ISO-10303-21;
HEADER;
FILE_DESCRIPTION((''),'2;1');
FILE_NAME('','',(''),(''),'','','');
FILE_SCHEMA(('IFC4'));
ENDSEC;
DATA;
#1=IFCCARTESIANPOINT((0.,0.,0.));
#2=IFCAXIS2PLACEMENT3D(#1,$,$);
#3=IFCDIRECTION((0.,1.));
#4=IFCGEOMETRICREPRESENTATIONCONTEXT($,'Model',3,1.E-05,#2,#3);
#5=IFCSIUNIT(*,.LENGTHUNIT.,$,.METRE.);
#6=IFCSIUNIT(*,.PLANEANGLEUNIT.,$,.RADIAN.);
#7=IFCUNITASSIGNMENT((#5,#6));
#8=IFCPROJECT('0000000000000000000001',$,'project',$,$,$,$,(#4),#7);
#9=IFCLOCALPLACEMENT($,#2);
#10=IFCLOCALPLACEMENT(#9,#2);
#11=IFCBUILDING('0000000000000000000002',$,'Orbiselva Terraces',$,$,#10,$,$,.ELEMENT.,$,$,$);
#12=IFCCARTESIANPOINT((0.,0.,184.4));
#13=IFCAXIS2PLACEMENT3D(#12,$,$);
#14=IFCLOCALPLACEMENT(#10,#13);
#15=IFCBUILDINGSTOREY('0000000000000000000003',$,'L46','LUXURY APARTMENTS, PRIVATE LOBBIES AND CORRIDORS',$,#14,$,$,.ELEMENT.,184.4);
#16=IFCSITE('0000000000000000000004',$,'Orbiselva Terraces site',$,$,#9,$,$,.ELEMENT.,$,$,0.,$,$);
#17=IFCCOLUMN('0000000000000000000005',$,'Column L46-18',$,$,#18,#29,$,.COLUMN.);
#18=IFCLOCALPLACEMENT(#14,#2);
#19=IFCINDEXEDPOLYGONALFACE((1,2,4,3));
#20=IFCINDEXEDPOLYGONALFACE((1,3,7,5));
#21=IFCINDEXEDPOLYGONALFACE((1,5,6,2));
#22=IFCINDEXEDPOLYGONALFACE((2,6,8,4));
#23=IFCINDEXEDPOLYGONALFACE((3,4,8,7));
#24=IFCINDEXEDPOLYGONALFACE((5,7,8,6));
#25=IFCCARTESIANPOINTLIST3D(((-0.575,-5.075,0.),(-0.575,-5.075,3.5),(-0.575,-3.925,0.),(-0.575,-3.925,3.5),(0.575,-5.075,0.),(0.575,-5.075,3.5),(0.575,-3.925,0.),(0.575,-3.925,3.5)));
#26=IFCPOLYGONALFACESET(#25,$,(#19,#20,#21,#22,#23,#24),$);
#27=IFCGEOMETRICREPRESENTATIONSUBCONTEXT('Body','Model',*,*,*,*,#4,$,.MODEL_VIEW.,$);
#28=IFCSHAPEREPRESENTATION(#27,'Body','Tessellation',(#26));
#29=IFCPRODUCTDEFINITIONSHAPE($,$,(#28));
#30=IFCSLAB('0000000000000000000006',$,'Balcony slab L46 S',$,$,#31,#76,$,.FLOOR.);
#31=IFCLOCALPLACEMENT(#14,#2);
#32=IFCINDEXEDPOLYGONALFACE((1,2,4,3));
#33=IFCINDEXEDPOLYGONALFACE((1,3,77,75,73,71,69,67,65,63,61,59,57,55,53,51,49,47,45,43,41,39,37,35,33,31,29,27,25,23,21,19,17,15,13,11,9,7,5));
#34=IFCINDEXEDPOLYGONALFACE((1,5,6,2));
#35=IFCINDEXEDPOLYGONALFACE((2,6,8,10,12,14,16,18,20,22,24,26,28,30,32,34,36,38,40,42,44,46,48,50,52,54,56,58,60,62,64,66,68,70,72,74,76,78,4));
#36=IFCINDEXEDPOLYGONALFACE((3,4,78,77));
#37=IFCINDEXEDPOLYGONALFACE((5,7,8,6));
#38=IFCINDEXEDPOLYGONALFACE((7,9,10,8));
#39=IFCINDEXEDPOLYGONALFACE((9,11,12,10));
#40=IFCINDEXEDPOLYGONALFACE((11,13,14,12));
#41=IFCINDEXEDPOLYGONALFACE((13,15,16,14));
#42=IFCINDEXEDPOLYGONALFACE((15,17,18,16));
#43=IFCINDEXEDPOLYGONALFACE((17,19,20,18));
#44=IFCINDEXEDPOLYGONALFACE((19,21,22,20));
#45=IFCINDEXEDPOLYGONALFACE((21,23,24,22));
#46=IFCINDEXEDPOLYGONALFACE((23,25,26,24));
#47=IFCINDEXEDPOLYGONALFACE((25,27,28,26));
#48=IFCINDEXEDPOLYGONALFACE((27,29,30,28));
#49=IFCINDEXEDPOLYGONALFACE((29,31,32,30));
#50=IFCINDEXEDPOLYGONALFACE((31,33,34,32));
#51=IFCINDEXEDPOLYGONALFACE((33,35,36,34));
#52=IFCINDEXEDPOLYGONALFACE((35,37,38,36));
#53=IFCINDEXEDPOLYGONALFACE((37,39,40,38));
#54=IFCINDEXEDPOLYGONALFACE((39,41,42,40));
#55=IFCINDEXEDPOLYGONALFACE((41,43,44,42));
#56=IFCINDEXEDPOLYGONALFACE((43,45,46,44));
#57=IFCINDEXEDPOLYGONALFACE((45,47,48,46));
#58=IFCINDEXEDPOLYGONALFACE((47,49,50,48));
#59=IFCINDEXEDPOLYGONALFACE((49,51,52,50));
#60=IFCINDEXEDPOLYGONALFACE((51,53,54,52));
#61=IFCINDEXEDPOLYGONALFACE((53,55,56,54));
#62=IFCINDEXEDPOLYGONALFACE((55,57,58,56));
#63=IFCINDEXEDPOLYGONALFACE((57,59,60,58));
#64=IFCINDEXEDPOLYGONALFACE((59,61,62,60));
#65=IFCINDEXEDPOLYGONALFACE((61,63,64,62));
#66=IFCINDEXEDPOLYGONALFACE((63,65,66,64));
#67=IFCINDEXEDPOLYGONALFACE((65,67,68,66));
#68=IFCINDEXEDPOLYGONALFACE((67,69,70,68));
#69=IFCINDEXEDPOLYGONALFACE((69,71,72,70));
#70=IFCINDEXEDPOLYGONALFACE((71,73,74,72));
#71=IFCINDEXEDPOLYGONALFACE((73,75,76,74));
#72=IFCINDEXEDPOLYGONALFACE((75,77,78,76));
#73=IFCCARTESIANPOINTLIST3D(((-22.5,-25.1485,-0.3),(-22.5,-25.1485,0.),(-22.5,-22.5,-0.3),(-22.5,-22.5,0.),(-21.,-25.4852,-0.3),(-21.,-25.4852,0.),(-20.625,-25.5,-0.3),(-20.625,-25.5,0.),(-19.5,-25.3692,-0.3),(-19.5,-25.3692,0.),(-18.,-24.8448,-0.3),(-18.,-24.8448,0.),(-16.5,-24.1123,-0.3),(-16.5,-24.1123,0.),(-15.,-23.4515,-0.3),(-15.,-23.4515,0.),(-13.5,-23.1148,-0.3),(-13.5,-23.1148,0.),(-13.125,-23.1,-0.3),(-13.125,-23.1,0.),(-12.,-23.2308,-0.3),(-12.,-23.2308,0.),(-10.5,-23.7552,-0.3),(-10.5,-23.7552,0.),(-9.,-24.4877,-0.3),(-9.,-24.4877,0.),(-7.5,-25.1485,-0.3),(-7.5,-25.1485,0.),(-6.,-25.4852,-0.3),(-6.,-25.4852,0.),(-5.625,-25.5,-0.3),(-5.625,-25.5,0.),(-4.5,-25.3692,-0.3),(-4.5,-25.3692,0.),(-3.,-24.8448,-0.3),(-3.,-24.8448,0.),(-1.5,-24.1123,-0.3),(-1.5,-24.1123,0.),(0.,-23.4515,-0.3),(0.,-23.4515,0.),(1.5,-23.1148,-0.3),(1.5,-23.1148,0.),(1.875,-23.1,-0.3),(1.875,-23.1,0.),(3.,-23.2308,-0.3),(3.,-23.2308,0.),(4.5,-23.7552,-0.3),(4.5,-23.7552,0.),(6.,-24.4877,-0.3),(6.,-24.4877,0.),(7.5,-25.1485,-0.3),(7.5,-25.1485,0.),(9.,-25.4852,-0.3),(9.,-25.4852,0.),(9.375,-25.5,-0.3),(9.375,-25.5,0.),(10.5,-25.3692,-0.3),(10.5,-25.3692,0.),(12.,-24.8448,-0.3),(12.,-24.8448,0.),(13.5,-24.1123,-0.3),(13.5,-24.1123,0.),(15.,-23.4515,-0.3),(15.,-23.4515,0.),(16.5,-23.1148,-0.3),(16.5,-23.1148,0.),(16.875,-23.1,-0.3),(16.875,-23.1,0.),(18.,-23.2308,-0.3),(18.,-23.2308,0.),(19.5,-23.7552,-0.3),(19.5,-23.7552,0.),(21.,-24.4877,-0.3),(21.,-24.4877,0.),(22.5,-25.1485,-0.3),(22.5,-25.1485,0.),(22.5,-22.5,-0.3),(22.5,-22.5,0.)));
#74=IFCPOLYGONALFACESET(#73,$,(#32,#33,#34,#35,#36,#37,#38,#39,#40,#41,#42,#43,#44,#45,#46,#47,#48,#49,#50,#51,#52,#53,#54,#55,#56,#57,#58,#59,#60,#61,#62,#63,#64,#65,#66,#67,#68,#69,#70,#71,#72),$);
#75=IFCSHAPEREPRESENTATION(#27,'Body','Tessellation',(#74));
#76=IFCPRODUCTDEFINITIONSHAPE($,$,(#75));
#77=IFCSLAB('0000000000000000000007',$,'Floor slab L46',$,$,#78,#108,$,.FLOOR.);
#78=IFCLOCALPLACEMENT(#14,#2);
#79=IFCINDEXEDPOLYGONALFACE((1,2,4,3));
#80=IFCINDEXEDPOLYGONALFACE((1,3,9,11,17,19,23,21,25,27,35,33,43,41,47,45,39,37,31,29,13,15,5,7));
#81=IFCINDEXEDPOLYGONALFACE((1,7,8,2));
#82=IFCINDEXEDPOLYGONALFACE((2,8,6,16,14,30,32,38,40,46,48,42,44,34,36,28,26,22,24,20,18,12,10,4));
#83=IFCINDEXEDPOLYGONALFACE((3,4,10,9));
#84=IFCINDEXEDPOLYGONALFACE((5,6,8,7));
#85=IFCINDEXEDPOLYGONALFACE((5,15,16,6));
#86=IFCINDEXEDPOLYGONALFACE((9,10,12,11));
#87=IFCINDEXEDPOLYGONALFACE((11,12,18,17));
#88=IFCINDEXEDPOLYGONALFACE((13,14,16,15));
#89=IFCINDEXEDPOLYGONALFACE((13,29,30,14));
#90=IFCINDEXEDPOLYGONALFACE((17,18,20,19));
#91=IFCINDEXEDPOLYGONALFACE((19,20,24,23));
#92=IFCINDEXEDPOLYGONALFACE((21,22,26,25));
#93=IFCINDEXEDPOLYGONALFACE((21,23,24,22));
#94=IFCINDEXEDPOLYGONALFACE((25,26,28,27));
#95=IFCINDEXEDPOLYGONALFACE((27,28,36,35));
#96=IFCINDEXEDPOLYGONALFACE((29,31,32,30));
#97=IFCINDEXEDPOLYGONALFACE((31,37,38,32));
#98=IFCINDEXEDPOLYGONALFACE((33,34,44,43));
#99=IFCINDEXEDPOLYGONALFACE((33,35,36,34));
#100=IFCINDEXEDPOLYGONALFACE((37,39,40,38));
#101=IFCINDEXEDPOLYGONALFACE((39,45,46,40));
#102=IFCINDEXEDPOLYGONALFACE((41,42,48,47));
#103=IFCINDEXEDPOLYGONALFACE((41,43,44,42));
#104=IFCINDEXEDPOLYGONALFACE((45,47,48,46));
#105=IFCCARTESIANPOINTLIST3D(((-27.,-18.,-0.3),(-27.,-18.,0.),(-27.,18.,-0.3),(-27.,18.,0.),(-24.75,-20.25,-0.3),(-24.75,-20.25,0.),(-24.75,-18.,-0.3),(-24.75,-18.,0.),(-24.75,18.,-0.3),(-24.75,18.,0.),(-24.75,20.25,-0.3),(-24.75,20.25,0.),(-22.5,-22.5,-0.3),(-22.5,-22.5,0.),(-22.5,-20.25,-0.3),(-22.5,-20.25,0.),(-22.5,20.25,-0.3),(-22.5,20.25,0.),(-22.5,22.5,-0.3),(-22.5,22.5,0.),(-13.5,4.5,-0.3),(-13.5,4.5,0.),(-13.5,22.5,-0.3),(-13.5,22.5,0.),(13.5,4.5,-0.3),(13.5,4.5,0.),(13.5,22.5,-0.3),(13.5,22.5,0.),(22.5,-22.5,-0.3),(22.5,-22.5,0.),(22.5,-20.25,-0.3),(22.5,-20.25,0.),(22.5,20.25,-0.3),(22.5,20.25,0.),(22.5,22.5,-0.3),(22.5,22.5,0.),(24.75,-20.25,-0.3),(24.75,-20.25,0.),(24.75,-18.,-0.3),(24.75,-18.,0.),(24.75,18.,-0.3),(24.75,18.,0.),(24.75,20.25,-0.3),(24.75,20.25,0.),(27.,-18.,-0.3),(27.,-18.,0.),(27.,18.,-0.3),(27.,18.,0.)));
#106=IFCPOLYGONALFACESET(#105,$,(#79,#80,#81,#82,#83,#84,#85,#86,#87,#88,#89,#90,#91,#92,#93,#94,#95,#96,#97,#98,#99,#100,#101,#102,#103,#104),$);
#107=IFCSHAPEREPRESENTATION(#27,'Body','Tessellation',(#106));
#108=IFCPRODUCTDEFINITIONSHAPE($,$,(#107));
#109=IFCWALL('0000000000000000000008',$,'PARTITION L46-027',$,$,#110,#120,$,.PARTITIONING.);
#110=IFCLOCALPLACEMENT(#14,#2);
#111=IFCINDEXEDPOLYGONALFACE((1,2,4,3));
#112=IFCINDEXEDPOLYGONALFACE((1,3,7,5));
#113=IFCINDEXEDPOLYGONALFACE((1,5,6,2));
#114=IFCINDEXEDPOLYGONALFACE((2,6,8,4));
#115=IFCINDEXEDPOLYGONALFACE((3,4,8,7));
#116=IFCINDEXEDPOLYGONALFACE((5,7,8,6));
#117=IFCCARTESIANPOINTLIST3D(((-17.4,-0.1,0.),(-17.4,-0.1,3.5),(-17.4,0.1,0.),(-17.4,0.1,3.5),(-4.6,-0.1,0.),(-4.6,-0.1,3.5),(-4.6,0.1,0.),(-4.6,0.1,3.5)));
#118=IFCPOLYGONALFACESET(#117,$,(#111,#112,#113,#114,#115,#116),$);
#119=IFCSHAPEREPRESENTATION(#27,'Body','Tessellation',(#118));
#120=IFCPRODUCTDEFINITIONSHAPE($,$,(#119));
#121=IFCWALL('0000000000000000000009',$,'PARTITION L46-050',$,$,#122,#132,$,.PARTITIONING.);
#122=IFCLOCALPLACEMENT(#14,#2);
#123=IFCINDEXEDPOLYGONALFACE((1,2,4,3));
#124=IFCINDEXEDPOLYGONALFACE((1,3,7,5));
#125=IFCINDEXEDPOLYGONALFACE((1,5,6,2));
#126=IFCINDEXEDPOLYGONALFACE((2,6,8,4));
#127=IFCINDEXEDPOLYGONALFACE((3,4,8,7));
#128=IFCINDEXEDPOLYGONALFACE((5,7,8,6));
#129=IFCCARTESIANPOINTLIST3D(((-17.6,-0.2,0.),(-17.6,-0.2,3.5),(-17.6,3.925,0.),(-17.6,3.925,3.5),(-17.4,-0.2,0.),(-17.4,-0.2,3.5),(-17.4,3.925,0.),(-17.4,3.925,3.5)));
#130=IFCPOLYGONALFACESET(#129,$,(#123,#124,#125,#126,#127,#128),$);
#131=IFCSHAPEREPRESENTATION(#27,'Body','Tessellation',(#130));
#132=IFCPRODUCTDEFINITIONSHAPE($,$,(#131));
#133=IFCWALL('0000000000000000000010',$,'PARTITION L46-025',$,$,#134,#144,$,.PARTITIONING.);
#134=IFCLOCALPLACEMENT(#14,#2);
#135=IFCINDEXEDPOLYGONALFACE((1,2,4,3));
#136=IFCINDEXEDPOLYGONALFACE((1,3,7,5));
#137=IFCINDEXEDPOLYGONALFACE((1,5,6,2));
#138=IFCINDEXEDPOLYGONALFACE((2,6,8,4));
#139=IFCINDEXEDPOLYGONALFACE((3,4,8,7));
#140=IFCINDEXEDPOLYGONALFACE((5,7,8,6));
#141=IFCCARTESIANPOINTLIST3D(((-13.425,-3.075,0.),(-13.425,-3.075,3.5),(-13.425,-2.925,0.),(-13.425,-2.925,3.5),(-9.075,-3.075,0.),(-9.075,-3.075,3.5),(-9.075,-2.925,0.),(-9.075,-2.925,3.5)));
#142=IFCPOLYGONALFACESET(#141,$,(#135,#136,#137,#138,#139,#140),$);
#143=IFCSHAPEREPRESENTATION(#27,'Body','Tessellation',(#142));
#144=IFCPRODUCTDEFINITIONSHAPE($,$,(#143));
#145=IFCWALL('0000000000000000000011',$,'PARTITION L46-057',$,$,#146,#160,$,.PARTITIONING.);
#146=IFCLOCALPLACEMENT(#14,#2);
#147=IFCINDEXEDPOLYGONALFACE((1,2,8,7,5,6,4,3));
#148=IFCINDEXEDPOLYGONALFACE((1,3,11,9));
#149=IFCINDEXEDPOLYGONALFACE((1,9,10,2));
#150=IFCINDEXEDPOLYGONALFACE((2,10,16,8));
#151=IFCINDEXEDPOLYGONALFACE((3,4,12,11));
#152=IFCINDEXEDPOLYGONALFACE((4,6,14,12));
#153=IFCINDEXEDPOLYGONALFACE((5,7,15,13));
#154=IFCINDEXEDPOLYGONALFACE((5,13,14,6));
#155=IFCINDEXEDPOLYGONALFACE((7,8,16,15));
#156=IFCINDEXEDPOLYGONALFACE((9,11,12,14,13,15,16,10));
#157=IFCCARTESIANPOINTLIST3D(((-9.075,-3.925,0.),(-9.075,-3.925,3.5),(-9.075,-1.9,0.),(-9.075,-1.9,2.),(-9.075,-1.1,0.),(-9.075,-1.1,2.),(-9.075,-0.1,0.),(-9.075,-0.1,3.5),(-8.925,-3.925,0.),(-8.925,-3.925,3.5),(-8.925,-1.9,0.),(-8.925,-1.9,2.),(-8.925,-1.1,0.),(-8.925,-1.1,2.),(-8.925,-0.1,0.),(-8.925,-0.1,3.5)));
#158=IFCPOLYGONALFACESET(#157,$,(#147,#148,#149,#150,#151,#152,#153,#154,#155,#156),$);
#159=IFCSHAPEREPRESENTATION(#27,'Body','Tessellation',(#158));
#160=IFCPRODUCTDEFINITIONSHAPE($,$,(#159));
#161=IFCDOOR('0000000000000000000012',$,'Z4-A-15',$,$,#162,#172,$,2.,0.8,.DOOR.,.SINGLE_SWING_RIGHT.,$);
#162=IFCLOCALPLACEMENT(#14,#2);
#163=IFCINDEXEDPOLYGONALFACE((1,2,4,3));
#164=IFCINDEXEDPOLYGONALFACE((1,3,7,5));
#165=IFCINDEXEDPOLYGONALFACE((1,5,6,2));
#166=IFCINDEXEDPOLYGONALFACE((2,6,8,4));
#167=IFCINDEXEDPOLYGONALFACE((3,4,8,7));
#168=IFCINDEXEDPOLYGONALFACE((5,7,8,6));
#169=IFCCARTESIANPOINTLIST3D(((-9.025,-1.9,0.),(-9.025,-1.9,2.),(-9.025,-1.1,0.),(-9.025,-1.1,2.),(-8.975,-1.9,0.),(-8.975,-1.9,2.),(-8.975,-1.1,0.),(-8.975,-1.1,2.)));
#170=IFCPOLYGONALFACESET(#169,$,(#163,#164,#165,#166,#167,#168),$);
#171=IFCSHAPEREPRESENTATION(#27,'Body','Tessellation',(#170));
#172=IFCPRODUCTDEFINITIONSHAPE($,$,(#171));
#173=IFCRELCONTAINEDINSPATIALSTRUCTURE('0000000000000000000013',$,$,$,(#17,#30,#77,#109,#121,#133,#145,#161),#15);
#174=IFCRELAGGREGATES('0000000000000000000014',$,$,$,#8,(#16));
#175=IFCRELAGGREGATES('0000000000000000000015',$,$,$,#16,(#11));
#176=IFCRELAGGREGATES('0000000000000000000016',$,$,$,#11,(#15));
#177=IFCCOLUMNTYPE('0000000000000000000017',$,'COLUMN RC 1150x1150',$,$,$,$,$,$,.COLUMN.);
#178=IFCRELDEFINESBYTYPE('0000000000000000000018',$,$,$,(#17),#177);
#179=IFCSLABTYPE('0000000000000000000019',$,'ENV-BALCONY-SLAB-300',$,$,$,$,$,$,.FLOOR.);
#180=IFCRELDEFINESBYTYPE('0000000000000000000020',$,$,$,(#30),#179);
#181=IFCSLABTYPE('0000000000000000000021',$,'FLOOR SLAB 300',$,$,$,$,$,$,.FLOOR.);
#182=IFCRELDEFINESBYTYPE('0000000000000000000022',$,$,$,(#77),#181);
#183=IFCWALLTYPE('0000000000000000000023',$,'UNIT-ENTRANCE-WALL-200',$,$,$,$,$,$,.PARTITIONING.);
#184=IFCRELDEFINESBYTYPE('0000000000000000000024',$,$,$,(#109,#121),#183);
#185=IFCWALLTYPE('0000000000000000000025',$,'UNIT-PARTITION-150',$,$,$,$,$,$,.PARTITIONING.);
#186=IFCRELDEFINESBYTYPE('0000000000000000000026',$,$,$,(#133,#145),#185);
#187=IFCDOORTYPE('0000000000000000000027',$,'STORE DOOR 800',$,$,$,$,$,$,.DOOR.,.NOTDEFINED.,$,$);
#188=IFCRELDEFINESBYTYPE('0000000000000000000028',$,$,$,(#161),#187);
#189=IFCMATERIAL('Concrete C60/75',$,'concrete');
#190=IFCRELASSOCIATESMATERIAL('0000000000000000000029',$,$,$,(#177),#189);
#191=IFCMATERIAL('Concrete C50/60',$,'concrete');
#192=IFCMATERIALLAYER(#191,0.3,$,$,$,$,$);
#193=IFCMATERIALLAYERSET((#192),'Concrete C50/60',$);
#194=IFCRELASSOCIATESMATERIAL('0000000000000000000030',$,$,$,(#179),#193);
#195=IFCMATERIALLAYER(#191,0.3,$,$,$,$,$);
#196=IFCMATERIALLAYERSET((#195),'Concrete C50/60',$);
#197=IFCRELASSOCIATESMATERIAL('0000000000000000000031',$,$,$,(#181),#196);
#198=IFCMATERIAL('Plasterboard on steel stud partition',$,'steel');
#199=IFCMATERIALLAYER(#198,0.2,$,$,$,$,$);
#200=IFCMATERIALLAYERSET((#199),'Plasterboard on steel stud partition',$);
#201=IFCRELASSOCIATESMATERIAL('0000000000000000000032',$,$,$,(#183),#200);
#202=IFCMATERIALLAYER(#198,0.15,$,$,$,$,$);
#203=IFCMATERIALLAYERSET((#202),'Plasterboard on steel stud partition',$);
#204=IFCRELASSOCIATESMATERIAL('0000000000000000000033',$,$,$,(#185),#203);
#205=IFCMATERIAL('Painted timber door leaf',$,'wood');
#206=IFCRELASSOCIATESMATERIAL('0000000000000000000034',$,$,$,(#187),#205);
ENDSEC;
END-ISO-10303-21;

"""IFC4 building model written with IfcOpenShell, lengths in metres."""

from ifc_helpers import new_model, si_unit, direction, frame, frame_2d, origin, origin_2d, place, context, subcontext, project, spatial, polyline, rectangle, outline, extrude, material, layer, layer_set, material_profile, profile_set, type_object, element, fill, save


model = new_model("IFC4")

# Units and contexts
model_context = context("Model", 3, precision=1e-05, world=origin(), true_north=direction((0.0, 1.0)))
body_context = subcontext(model_context, "Body", "Model", "MODEL_VIEW")
ifc_project = project(units=[si_unit("LENGTHUNIT", "METRE"), si_unit("PLANEANGLEUNIT", "RADIAN")], contexts=[model_context])

# Site, building, storey
site_placement = place(None, origin())
site = spatial("IfcSite", under=ifc_project, at=site_placement, Name="Orbiselva Terraces site", CompositionType="ELEMENT", RefElevation=0.0)
building_placement = place(site_placement, origin())
building = spatial("IfcBuilding", under=site, at=building_placement, Name="Orbiselva Terraces", CompositionType="ELEMENT")
storey_placement = place(building_placement, frame((0.0, 0.0, 184.4)))
storey = spatial("IfcBuildingStorey", under=building, at=storey_placement, Name="L46", Description="LUXURY APARTMENTS, PRIVATE LOBBIES AND CORRIDORS", CompositionType="ELEMENT", Elevation=184.4)

# Column
ifc_material_1 = material(Name="Concrete C60/75", Category="concrete")
ifc_material_profile = material_profile(ifc_material_1, rectangle(XDim=1.15, YDim=1.15, at=origin_2d()), Name="RC 1150x1150")
ifc_profile_set = profile_set([ifc_material_profile], Name="Concrete C60/75")
column_type = type_object("IfcColumnType", Name="COLUMN RC 1150x1150", PredefinedType="COLUMN", material=ifc_profile_set)
column_placement = place(storey_placement, frame((0.0, -4.5, 0.0), z_axis=(0.0, 0.0, 1.0), x_axis=(1.0, 0.0, 0.0)))
element("IfcColumn", 1, at=column_placement, inside=storey, type_object=column_type, Name="Column L46-18", PredefinedType="COLUMN", context=body_context, shape_type="SweptSolid", body=[
    extrude(rectangle(XDim=1.15, YDim=1.15, at=origin_2d()), origin(), (0.0, 0.0, 1.0), 3.5),
])

# Slabs
ifc_material_2 = material(Name="Concrete C50/60", Category="concrete")
ifc_layer_1 = layer(ifc_material_2, 0.3)
ifc_layer_set_1 = layer_set([ifc_layer_1], Name="Concrete C50/60")
slab_type_1 = type_object("IfcSlabType", Name="ENV-BALCONY-SLAB-300", PredefinedType="FLOOR", material=ifc_layer_set_1)
slab_1_placement = place(storey_placement, frame((0.0, 0.0, -0.3)))
element("IfcSlab", 2, at=slab_1_placement, inside=storey, type_object=slab_type_1, Name="Balcony slab L46 S", PredefinedType="FLOOR", context=body_context, shape_type="SweptSolid", body=[
    extrude(outline(polyline([(-22.5, -25.1485), (-21.0, -25.4852), (-20.625, -25.5), (-19.5, -25.3692), (-18.0, -24.8448), (-16.5, -24.1123), (-15.0, -23.4515), (-13.5, -23.1148), (-13.125, -23.1), (-12.0, -23.2308), (-10.5, -23.7552), (-9.0, -24.4877), (-7.5, -25.1485), (-6.0, -25.4852), (-5.625, -25.5), (-4.5, -25.3692), (-3.0, -24.8448), (-1.5, -24.1123), (0.0, -23.4515), (1.5, -23.1148), (1.875, -23.1), (3.0, -23.2308), (4.5, -23.7552), (6.0, -24.4877), (7.5, -25.1485), (9.0, -25.4852), (9.375, -25.5), (10.5, -25.3692), (12.0, -24.8448), (13.5, -24.1123), (15.0, -23.4515), (16.5, -23.1148), (16.875, -23.1), (18.0, -23.2308), (19.5, -23.7552), (21.0, -24.4877), (22.5, -25.1485), (22.5, -22.5), (-22.5, -22.5), (-22.5, -25.1485)])), origin(), (0.0, 0.0, 1.0), 0.3),
])
ifc_layer_2 = layer(ifc_material_2, 0.3)
ifc_layer_set_2 = layer_set([ifc_layer_2], Name="Concrete C50/60")
slab_type_2 = type_object("IfcSlabType", Name="FLOOR SLAB 300", PredefinedType="FLOOR", material=ifc_layer_set_2)
slab_2_placement = place(storey_placement, frame((0.0, 0.0, -0.3)))
element("IfcSlab", 3, at=slab_2_placement, inside=storey, type_object=slab_type_2, Name="Floor slab L46", PredefinedType="FLOOR", context=body_context, shape_type="SweptSolid", body=[
    extrude(outline(polyline([(22.5, 22.5), (22.5, 20.25), (24.75, 20.25), (24.75, 18.0), (27.0, 18.0), (27.0, -18.0), (24.75, -18.0), (24.75, -20.25), (22.5, -20.25), (22.5, -22.5), (-22.5, -22.5), (-22.5, -20.25), (-24.75, -20.25), (-24.75, -18.0), (-27.0, -18.0), (-27.0, 18.0), (-24.75, 18.0), (-24.75, 20.25), (-22.5, 20.25), (-22.5, 22.5), (-13.5, 22.5), (-13.5, 4.5), (13.5, 4.5), (13.5, 22.5), (22.5, 22.5)])), origin(), (0.0, 0.0, 1.0), 0.3),
])

# Walls
ifc_material_3 = material(Name="Plasterboard on steel stud partition", Category="steel")
ifc_layer_3 = layer(ifc_material_3, 0.2)
ifc_layer_set_3 = layer_set([ifc_layer_3], Name="Plasterboard on steel stud partition")
wall_type_1 = type_object("IfcWallType", Name="UNIT-ENTRANCE-WALL-200", PredefinedType="PARTITIONING", material=ifc_layer_set_3)
wall_1_placement = place(storey_placement, frame((-17.4, 0.0, 0.0), z_axis=(0.0, 0.0, 1.0), x_axis=(1.0, 0.0, 0.0)))
element("IfcWall", 4, at=wall_1_placement, inside=storey, type_object=wall_type_1, Name="PARTITION L46-027", PredefinedType="PARTITIONING", context=body_context, shape_type="SweptSolid", body=[
    extrude(rectangle(XDim=12.8, YDim=0.2, at=frame_2d((6.4, 0.0))), origin(), (0.0, 0.0, 1.0), 3.5),
])
wall_2_placement = place(storey_placement, frame((-17.5, -0.2, 0.0), z_axis=(0.0, 0.0, 1.0), x_axis=(0.0, 1.0, 0.0)))
element("IfcWall", 5, at=wall_2_placement, inside=storey, type_object=wall_type_1, Name="PARTITION L46-050", PredefinedType="PARTITIONING", context=body_context, shape_type="SweptSolid", body=[
    extrude(rectangle(XDim=4.125, YDim=0.2, at=frame_2d((2.0625, 0.0))), origin(), (0.0, 0.0, 1.0), 3.5),
])
ifc_layer_4 = layer(ifc_material_3, 0.15)
ifc_layer_set_4 = layer_set([ifc_layer_4], Name="Plasterboard on steel stud partition")
wall_type_2 = type_object("IfcWallType", Name="UNIT-PARTITION-150", PredefinedType="PARTITIONING", material=ifc_layer_set_4)
wall_3_placement = place(storey_placement, frame((-13.425, -3.0, 0.0), z_axis=(0.0, 0.0, 1.0), x_axis=(1.0, 0.0, 0.0)))
element("IfcWall", 6, at=wall_3_placement, inside=storey, type_object=wall_type_2, Name="PARTITION L46-025", PredefinedType="PARTITIONING", context=body_context, shape_type="SweptSolid", body=[
    extrude(rectangle(XDim=4.35, YDim=0.15, at=frame_2d((2.175, 0.0))), origin(), (0.0, 0.0, 1.0), 3.5),
])

# Wall, opening, door
wall_4_placement = place(storey_placement, frame((-9.0, -3.925, 0.0), z_axis=(0.0, 0.0, 1.0), x_axis=(0.0, 1.0, 0.0)))
wall_4 = element("IfcWall", 7, at=wall_4_placement, inside=storey, type_object=wall_type_2, Name="PARTITION L46-057", PredefinedType="PARTITIONING", context=body_context, shape_type="SweptSolid", body=[
    extrude(rectangle(XDim=3.825, YDim=0.15, at=frame_2d((1.9125, 0.0))), origin(), (0.0, 0.0, 1.0), 3.5),
])
opening_placement = place(wall_4_placement, frame((2.025, 0.0, 0.0)))
opening = element("IfcOpeningElement", 8, at=opening_placement, cuts=wall_4, PredefinedType="OPENING", context=body_context, shape_type="SweptSolid", body=[
    extrude(rectangle(XDim=0.8, YDim=2.0, at=frame_2d((0.4, 1.0))), frame((0.0, 0.085, 0.0), z_axis=(0.0, -1.0, 0.0), x_axis=(1.0, 0.0, 0.0)), (0.0, 0.0, 1.0), 0.17),
])
ifc_material_4 = material(Name="Painted timber door leaf", Category="wood")
door_type = type_object("IfcDoorType", Name="STORE DOOR 800", OperationType="NOTDEFINED", PredefinedType="DOOR", material=ifc_material_4)
door_placement = place(opening_placement, origin())
door = element("IfcDoor", 9, at=door_placement, inside=storey, type_object=door_type, Name="Z4-A-15", OperationType="SINGLE_SWING_RIGHT", OverallHeight=2.0, OverallWidth=0.8, PredefinedType="DOOR", context=body_context, shape_type="SweptSolid", body=[
    extrude(rectangle(XDim=0.8, YDim=2.0, at=frame_2d((0.4, 1.0))), frame((0.0, 0.025, 0.0), z_axis=(0.0, -1.0, 0.0), x_axis=(1.0, 0.0, 0.0)), (0.0, 0.0, 1.0), 0.05),
])
fill(opening, door)

save(model, "model.ifc")
